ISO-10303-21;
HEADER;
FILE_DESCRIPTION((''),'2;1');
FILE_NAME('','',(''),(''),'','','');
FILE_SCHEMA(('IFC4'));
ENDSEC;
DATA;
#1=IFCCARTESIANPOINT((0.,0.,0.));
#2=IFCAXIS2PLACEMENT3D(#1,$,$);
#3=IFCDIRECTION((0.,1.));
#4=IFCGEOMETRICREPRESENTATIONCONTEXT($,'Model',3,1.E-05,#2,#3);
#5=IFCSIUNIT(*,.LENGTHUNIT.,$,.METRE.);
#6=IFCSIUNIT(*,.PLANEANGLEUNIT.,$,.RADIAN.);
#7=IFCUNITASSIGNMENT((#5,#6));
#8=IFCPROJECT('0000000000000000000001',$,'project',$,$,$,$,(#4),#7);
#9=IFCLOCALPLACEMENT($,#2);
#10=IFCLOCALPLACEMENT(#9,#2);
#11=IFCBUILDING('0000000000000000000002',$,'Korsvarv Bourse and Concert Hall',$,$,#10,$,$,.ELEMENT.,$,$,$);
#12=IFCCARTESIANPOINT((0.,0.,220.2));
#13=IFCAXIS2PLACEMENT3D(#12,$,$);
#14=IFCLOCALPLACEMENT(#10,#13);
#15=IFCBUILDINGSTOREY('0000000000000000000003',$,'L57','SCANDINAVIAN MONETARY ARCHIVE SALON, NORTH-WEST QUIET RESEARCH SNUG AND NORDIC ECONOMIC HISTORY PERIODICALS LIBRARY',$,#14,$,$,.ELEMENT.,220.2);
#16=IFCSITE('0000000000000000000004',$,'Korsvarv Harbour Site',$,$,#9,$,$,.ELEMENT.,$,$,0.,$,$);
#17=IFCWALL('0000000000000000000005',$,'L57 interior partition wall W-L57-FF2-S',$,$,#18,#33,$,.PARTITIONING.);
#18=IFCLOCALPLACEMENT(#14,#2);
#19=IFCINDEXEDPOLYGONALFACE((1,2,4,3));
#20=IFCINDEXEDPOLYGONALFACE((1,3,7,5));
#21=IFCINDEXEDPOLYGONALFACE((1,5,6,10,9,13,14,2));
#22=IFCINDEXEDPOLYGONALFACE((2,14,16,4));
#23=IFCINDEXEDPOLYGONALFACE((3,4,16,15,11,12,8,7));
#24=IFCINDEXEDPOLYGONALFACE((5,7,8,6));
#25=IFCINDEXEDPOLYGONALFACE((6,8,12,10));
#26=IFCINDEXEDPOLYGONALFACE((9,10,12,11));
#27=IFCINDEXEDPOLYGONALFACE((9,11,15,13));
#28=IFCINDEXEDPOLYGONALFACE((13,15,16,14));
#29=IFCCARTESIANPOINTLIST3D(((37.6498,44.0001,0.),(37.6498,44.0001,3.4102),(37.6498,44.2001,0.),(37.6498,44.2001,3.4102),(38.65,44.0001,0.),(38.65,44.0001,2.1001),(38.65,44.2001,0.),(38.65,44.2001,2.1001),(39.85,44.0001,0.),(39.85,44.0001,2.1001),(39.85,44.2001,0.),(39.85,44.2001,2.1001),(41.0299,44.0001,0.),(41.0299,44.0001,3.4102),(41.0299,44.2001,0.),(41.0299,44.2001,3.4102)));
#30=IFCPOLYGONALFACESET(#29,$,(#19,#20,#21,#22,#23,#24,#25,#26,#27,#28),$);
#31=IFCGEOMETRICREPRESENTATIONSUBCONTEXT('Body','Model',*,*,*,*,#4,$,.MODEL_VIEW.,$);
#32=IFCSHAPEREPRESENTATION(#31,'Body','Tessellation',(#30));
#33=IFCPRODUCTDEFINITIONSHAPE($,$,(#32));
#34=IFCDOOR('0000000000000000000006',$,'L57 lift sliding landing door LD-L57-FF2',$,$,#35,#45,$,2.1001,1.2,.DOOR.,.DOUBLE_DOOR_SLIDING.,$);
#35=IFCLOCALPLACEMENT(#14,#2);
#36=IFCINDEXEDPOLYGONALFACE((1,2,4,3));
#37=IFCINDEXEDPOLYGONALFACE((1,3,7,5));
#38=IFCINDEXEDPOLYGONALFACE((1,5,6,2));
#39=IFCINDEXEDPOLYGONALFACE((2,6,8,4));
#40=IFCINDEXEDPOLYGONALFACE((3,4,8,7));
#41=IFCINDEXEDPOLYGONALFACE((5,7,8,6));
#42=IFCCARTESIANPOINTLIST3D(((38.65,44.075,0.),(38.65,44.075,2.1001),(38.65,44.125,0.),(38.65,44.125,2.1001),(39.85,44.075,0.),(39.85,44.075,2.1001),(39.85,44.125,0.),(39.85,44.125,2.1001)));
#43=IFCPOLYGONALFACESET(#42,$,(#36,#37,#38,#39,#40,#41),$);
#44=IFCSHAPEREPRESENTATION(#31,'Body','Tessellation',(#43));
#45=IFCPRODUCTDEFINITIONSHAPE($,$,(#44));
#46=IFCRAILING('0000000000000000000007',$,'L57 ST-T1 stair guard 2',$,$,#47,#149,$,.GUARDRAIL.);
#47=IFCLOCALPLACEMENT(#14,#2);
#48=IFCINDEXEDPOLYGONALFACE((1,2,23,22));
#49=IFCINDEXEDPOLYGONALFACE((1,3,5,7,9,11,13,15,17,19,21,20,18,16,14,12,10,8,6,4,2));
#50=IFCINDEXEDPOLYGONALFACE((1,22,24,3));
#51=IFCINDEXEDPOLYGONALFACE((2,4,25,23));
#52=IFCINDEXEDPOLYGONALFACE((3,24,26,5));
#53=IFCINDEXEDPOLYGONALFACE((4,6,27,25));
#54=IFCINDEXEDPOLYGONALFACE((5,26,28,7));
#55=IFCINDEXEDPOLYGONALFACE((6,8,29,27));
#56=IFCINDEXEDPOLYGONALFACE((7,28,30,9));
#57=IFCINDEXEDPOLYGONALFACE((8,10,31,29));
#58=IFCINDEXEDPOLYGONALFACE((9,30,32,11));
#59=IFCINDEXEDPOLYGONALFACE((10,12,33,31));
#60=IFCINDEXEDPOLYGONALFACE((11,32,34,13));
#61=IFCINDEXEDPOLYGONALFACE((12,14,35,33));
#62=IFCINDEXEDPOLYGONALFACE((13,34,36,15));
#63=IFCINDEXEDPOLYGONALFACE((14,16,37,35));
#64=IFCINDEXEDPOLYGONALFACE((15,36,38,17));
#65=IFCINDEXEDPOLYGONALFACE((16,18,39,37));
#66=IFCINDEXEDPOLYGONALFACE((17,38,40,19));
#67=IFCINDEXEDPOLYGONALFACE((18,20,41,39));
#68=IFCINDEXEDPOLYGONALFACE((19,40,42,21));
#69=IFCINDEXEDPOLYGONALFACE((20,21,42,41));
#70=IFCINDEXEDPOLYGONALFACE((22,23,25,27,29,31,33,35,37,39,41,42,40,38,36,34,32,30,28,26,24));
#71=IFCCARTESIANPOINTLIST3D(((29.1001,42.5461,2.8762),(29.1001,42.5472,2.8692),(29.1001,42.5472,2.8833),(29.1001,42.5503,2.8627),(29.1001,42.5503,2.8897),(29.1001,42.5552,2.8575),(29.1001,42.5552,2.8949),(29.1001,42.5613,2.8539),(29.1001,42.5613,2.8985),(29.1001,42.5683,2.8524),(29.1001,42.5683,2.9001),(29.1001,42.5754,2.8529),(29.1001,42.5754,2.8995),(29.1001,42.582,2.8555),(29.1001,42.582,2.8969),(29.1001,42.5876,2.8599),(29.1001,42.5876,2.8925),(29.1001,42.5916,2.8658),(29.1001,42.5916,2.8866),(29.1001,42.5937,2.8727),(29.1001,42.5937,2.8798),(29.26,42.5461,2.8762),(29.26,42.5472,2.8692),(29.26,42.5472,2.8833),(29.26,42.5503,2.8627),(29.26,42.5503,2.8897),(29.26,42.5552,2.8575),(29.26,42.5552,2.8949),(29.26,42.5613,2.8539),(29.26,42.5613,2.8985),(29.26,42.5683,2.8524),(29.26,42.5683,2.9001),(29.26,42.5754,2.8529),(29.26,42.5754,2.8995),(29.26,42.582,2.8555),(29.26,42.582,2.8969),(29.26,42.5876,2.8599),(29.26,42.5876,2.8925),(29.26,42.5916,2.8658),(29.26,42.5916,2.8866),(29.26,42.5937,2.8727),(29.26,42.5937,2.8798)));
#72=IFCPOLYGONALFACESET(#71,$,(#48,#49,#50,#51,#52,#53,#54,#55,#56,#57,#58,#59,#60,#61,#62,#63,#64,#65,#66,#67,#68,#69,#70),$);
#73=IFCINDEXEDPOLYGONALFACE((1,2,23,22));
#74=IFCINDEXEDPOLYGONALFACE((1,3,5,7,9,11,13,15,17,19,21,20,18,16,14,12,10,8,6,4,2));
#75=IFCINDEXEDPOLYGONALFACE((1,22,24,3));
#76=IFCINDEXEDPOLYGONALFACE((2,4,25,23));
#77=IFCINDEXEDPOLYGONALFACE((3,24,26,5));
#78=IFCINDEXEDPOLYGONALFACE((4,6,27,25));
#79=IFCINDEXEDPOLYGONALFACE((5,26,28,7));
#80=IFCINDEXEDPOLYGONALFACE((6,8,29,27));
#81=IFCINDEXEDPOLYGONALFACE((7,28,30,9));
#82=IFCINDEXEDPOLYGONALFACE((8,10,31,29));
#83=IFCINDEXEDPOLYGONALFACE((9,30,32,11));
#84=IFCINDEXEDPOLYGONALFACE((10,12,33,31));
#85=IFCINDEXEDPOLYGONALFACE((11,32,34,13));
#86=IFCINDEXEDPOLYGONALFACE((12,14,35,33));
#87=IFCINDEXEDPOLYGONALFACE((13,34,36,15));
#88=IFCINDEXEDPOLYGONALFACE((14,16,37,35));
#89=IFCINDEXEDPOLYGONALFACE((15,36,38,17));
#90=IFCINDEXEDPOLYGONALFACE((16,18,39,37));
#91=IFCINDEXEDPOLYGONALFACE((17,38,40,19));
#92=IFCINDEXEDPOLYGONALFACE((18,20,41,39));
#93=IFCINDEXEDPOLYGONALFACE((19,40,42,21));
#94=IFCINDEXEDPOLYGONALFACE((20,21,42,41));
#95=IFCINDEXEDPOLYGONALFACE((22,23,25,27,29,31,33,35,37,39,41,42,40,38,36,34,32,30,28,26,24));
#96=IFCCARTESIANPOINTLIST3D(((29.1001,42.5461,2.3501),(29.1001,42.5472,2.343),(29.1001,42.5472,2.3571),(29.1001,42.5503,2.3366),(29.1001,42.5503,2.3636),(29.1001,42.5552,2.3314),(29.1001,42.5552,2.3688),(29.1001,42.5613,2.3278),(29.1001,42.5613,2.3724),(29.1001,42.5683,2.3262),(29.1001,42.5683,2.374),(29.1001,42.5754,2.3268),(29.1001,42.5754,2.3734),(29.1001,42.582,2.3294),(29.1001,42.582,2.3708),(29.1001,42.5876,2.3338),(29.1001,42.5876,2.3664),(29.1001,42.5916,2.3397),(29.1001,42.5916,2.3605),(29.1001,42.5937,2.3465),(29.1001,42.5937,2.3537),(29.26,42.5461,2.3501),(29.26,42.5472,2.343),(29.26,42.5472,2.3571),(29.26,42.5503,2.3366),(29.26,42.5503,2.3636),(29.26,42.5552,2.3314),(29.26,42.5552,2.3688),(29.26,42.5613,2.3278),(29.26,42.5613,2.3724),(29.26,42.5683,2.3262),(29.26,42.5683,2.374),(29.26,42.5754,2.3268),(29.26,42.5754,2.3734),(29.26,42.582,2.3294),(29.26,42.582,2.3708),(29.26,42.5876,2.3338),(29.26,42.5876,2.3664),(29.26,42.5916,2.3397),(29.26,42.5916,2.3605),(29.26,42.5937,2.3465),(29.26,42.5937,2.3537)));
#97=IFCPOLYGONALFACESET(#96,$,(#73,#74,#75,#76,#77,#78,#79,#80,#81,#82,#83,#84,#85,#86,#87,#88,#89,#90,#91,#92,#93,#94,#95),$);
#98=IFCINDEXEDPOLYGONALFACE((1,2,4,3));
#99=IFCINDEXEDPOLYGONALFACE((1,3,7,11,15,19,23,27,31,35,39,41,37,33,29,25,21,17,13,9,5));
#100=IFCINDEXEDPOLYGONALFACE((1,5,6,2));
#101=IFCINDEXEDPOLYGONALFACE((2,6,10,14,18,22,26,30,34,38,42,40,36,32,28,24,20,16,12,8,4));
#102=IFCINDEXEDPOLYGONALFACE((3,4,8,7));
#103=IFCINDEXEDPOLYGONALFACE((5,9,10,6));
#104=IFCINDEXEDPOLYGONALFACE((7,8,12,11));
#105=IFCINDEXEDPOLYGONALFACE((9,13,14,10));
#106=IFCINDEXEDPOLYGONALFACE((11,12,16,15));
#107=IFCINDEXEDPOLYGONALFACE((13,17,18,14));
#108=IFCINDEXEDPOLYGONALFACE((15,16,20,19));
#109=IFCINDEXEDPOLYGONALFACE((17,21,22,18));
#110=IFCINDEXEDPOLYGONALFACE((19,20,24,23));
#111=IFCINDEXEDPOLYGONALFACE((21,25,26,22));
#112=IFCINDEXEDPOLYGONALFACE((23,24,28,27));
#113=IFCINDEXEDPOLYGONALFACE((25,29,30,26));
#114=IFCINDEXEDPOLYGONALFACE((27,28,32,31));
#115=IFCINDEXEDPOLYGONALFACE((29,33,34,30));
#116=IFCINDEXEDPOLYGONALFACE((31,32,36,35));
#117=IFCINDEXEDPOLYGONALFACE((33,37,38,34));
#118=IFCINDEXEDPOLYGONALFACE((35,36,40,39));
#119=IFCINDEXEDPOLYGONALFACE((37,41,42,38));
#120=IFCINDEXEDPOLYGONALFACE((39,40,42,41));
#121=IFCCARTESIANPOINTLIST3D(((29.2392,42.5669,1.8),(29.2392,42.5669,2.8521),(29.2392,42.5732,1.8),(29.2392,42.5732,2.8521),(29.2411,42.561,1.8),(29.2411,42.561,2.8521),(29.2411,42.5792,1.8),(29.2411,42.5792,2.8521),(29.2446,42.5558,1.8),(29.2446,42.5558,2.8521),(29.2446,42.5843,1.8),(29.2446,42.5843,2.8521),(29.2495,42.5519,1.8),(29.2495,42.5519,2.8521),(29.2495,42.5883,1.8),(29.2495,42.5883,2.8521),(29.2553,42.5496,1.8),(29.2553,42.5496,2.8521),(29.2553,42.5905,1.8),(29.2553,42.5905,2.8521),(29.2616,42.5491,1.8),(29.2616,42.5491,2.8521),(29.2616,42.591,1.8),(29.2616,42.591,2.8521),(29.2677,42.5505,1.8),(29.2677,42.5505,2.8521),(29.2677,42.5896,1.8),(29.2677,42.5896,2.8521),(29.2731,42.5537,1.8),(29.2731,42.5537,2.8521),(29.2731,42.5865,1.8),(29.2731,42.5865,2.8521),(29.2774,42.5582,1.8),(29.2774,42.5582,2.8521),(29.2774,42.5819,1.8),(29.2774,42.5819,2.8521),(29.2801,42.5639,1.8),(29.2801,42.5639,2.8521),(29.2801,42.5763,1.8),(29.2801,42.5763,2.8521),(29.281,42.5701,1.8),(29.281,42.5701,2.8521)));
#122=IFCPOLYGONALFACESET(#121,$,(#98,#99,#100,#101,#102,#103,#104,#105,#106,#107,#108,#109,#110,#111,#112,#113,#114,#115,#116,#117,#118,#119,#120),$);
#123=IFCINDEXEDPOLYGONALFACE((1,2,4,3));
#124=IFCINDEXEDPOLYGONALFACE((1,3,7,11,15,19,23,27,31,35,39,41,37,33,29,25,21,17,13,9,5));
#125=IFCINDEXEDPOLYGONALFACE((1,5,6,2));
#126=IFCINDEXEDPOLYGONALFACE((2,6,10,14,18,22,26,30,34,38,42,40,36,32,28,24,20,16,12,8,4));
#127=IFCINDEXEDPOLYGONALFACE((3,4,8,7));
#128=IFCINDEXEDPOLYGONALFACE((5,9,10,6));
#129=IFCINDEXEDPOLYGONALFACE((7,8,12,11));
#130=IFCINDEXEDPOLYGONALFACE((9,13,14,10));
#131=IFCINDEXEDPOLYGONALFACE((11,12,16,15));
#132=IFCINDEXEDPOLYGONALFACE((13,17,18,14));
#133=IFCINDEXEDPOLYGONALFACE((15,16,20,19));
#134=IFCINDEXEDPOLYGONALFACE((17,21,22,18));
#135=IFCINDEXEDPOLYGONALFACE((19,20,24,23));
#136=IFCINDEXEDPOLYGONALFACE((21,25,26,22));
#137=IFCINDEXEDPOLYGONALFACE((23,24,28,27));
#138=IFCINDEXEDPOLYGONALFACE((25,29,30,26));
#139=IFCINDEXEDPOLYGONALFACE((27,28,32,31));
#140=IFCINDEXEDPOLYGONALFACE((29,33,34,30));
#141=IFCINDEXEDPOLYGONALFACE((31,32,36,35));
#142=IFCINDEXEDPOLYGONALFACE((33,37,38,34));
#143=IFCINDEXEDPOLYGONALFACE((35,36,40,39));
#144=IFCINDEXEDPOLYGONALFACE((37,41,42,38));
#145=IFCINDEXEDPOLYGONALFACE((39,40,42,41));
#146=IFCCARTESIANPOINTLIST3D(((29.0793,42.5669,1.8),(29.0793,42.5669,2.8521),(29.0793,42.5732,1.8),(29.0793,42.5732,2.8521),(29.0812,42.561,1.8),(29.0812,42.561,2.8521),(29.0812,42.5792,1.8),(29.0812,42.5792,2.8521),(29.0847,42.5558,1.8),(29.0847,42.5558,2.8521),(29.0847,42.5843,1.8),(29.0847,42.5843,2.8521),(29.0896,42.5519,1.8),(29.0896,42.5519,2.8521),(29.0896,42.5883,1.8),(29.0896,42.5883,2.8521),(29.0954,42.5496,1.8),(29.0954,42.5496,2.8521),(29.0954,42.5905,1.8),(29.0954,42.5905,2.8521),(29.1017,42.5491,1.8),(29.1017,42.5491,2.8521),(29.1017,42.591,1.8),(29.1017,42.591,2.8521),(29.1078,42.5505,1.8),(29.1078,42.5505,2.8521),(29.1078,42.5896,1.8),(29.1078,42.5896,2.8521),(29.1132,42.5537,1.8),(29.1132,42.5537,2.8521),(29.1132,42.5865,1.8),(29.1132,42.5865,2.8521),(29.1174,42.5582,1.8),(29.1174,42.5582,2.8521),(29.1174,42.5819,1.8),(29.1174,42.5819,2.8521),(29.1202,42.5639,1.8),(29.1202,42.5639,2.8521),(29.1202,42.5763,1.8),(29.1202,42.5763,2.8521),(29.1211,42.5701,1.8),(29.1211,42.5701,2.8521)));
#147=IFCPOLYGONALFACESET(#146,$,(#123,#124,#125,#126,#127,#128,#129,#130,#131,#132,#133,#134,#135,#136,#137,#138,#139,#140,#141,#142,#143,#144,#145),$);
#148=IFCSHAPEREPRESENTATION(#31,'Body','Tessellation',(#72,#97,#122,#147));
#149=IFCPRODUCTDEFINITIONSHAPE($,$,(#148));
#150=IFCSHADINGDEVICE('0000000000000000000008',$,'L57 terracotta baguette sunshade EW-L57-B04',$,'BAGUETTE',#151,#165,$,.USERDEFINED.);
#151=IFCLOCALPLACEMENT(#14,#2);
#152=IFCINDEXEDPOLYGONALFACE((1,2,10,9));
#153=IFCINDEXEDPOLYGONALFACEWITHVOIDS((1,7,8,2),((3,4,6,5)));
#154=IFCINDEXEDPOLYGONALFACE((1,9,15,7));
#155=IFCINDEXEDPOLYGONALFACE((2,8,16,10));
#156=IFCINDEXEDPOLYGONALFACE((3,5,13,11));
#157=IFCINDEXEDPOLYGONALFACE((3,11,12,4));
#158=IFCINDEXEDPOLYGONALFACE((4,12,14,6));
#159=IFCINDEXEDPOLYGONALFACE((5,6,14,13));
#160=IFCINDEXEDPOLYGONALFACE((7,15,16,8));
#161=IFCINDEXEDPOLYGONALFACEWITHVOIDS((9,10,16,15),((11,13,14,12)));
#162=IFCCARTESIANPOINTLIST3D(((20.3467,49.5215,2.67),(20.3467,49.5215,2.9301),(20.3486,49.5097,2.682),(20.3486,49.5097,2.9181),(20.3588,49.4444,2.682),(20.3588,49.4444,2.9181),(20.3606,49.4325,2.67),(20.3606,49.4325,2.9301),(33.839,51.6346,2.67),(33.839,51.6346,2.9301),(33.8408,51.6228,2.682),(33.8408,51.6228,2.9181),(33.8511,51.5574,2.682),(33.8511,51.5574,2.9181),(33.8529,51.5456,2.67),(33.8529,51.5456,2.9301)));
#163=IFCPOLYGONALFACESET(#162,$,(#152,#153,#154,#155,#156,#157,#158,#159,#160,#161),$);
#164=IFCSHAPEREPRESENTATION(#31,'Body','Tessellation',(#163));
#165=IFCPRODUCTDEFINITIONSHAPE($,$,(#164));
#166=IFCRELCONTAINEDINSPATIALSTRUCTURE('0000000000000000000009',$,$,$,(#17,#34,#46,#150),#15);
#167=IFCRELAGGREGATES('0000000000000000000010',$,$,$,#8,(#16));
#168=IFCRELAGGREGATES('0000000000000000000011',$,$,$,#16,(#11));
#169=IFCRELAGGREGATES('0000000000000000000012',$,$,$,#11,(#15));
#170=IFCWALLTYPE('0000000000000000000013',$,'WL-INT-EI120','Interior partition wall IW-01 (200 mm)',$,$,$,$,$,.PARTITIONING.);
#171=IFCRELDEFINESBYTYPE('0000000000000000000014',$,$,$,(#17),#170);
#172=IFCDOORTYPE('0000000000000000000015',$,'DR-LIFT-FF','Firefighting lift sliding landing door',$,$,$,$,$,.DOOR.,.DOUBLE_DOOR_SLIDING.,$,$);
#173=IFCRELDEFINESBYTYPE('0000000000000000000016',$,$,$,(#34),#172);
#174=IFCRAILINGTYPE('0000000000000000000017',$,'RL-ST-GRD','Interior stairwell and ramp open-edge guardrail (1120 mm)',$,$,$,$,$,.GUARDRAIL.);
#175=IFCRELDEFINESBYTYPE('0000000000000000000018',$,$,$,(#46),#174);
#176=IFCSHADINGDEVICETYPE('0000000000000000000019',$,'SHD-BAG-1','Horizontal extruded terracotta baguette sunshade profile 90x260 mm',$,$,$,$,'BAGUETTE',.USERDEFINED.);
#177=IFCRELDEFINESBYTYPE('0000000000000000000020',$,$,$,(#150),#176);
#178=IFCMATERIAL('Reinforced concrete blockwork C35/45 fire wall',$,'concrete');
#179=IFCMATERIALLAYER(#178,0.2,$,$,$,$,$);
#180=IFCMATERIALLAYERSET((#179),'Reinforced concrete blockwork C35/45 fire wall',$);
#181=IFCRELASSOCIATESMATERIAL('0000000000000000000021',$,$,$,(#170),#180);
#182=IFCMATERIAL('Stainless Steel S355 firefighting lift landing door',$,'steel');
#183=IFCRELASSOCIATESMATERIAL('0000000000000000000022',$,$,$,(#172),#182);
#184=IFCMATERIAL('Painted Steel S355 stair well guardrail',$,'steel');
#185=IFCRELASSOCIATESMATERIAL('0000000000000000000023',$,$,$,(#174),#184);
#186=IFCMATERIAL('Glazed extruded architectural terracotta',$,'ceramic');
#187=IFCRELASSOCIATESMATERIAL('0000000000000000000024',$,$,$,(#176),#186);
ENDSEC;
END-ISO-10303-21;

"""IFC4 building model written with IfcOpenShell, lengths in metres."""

from ifc_helpers import new_model, si_unit, direction, frame, frame_2d, origin, origin_2d, place, context, subcontext, project, spatial, rectangle, hollow_rectangle, circle, extrude, source, transform, mapped, material, layer, layer_set, material_profile, profile_set, type_object, element, fill, save


model = new_model("IFC4")

# Units and contexts
model_context = context("Model", 3, precision=1e-05, world=origin(), true_north=direction((0.0, 1.0)))
body_context = subcontext(model_context, "Body", "Model", "MODEL_VIEW")
ifc_project = project(units=[si_unit("LENGTHUNIT", "METRE"), si_unit("PLANEANGLEUNIT", "RADIAN")], contexts=[model_context])

# Site, building, storey
site_placement = place(None, origin())
site = spatial("IfcSite", under=ifc_project, at=site_placement, Name="Korsvarv Harbour Site", CompositionType="ELEMENT", RefElevation=0.0)
building_placement = place(site_placement, origin())
building = spatial("IfcBuilding", under=site, at=building_placement, Name="Korsvarv Bourse and Concert Hall", CompositionType="ELEMENT")
storey_placement = place(building_placement, frame((0.0, 0.0, 220.2)))
storey = spatial("IfcBuildingStorey", under=building, at=storey_placement, Name="L57", Description="SCANDINAVIAN MONETARY ARCHIVE SALON, NORTH-WEST QUIET RESEARCH SNUG AND NORDIC ECONOMIC HISTORY PERIODICALS LIBRARY", CompositionType="ELEMENT", Elevation=220.2)

# Wall, opening, door
ifc_material_1 = material(Name="Reinforced concrete blockwork C35/45 fire wall", Category="concrete")
ifc_layer_1 = layer(ifc_material_1, 0.2)
ifc_layer_set_1 = layer_set([ifc_layer_1], Name="Reinforced concrete blockwork C35/45 fire wall")
wall_type_1 = type_object("IfcWallType", Name="WL-INT-EI120", Description="Interior partition wall IW-01 (200 mm)", PredefinedType="PARTITIONING", material=ifc_layer_set_1)
ifc_material_2 = material(Name="Stainless Steel S355 firefighting lift landing door", Category="steel")
door_type = type_object("IfcDoorType", Name="DR-LIFT-FF", Description="Firefighting lift sliding landing door", OperationType="DOUBLE_DOOR_SLIDING", PredefinedType="DOOR", material=ifc_material_2)
wall_1_placement = place(storey_placement, frame((37.6499, 44.1001, 0.0), z_axis=(0.0, 0.0, 1.0), x_axis=(1.0, 0.0, 0.0)))
wall_1 = element("IfcWall", 1, at=wall_1_placement, inside=storey, type_object=wall_type_1, Name="L57 interior partition wall W-L57-FF2-S", PredefinedType="PARTITIONING", context=body_context, shape_type="SweptSolid", body=[
    extrude(rectangle(XDim=3.3801, YDim=0.2, at=frame_2d((1.6899, 0.0))), origin(), (0.0, 0.0, 1.0), 3.4102),
])
opening_1_placement = place(wall_1_placement, frame((1.0, 0.0, 0.0)))
opening_1 = element("IfcOpeningElement", 2, at=opening_1_placement, cuts=wall_1, PredefinedType="OPENING", context=body_context, shape_type="SweptSolid", body=[
    extrude(rectangle(XDim=1.2, YDim=2.1001, at=frame_2d((0.6001, 1.05))), frame((0.0, 0.1099, 0.0), z_axis=(0.0, -1.0, 0.0), x_axis=(1.0, 0.0, 0.0)), (0.0, 0.0, 1.0), 0.22),
])
door_1_placement = place(opening_1_placement, origin())
door_1 = element("IfcDoor", 3, at=door_1_placement, inside=storey, type_object=door_type, Name="L57 lift sliding landing door LD-L57-FF2", OperationType="DOUBLE_DOOR_SLIDING", OverallHeight=2.1001, OverallWidth=1.2, PredefinedType="DOOR", context=body_context, shape_type="SweptSolid", body=[
    extrude(rectangle(XDim=1.2, YDim=2.1001, at=frame_2d((0.6001, 1.05))), frame((0.0, 0.0249, 0.0), z_axis=(0.0, -1.0, 0.0), x_axis=(1.0, 0.0, 0.0)), (0.0, 0.0, 1.0), 0.05),
])
fill(opening_1, door_1)

# Railing
ifc_material_3 = material(Name="Painted Steel S355 stair well guardrail", Category="steel")
railing_type = type_object("IfcRailingType", Name="RL-ST-GRD", Description="Interior stairwell and ramp open-edge guardrail (1120 mm)", PredefinedType="GUARDRAIL", material=ifc_material_3)
railing_placement = place(storey_placement, frame((29.26, 42.5701, 1.8)))
element("IfcRailing", 4, at=railing_placement, inside=storey, type_object=railing_type, Name="L57 ST-T1 stair guard 2", PredefinedType="GUARDRAIL", context=body_context, shape_type="SweptSolid", body=[
    extrude(circle(Radius=0.0239, at=origin_2d()), frame((0.0, 0.0, 1.0762), z_axis=(-1.0, 0.0, 0.0), x_axis=(0.0, -1.0, 0.0)), (0.0, 0.0, 1.0), 0.1599),
    extrude(circle(Radius=0.0239, at=origin_2d()), frame((0.0, 0.0, 0.55), z_axis=(-1.0, 0.0, 0.0), x_axis=(0.0, -1.0, 0.0)), (0.0, 0.0, 1.0), 0.1599),
    extrude(circle(Radius=0.021, at=origin_2d()), origin(), (0.0, 0.0, 1.0), 1.052),
    extrude(circle(Radius=0.021, at=origin_2d()), frame((-0.1599, 0.0, 0.0)), (0.0, 0.0, 1.0), 1.052),
])

# Shading device
ifc_material_4 = material(Name="Glazed extruded architectural terracotta", Category="ceramic")
ifc_material_profile_1 = material_profile(ifc_material_4, hollow_rectangle(XDim=0.0901, YDim=0.26, WallThickness=0.012, at=origin_2d()), Name="TC-BAG 90x260")
ifc_profile_set_1 = profile_set([ifc_material_profile_1], Name="Glazed extruded architectural terracotta")
shading_device_type = type_object("IfcShadingDeviceType", Name="SHD-BAG-1", Description="Horizontal extruded terracotta baguette sunshade profile 90x260 mm", ElementType="BAGUETTE", PredefinedType="USERDEFINED", material=ifc_profile_set_1)
shared_shape_1 = source(origin(), body_context, "Body", "SweptSolid", [
    extrude(hollow_rectangle(XDim=0.0901, YDim=0.26, WallThickness=0.012, at=origin_2d()), origin(), (0.0, 0.0, 1.0), 13.6567),
])
shading_device_placement = place(storey_placement, frame((33.8459, 51.5901, 2.8), z_axis=(-0.987957, -0.154726, 0.0), x_axis=(0.154726, -0.987957, 0.0)))
element("IfcShadingDevice", 5, at=shading_device_placement, inside=storey, type_object=shading_device_type, Name="L57 terracotta baguette sunshade EW-L57-B04", ObjectType="BAGUETTE", PredefinedType="USERDEFINED", context=body_context, shape_type="MappedRepresentation", body=[
    mapped(shared_shape_1, transform((0.0, 0.0, 0.0), scale=1.0)),
])

save(model, "model.ifc")
